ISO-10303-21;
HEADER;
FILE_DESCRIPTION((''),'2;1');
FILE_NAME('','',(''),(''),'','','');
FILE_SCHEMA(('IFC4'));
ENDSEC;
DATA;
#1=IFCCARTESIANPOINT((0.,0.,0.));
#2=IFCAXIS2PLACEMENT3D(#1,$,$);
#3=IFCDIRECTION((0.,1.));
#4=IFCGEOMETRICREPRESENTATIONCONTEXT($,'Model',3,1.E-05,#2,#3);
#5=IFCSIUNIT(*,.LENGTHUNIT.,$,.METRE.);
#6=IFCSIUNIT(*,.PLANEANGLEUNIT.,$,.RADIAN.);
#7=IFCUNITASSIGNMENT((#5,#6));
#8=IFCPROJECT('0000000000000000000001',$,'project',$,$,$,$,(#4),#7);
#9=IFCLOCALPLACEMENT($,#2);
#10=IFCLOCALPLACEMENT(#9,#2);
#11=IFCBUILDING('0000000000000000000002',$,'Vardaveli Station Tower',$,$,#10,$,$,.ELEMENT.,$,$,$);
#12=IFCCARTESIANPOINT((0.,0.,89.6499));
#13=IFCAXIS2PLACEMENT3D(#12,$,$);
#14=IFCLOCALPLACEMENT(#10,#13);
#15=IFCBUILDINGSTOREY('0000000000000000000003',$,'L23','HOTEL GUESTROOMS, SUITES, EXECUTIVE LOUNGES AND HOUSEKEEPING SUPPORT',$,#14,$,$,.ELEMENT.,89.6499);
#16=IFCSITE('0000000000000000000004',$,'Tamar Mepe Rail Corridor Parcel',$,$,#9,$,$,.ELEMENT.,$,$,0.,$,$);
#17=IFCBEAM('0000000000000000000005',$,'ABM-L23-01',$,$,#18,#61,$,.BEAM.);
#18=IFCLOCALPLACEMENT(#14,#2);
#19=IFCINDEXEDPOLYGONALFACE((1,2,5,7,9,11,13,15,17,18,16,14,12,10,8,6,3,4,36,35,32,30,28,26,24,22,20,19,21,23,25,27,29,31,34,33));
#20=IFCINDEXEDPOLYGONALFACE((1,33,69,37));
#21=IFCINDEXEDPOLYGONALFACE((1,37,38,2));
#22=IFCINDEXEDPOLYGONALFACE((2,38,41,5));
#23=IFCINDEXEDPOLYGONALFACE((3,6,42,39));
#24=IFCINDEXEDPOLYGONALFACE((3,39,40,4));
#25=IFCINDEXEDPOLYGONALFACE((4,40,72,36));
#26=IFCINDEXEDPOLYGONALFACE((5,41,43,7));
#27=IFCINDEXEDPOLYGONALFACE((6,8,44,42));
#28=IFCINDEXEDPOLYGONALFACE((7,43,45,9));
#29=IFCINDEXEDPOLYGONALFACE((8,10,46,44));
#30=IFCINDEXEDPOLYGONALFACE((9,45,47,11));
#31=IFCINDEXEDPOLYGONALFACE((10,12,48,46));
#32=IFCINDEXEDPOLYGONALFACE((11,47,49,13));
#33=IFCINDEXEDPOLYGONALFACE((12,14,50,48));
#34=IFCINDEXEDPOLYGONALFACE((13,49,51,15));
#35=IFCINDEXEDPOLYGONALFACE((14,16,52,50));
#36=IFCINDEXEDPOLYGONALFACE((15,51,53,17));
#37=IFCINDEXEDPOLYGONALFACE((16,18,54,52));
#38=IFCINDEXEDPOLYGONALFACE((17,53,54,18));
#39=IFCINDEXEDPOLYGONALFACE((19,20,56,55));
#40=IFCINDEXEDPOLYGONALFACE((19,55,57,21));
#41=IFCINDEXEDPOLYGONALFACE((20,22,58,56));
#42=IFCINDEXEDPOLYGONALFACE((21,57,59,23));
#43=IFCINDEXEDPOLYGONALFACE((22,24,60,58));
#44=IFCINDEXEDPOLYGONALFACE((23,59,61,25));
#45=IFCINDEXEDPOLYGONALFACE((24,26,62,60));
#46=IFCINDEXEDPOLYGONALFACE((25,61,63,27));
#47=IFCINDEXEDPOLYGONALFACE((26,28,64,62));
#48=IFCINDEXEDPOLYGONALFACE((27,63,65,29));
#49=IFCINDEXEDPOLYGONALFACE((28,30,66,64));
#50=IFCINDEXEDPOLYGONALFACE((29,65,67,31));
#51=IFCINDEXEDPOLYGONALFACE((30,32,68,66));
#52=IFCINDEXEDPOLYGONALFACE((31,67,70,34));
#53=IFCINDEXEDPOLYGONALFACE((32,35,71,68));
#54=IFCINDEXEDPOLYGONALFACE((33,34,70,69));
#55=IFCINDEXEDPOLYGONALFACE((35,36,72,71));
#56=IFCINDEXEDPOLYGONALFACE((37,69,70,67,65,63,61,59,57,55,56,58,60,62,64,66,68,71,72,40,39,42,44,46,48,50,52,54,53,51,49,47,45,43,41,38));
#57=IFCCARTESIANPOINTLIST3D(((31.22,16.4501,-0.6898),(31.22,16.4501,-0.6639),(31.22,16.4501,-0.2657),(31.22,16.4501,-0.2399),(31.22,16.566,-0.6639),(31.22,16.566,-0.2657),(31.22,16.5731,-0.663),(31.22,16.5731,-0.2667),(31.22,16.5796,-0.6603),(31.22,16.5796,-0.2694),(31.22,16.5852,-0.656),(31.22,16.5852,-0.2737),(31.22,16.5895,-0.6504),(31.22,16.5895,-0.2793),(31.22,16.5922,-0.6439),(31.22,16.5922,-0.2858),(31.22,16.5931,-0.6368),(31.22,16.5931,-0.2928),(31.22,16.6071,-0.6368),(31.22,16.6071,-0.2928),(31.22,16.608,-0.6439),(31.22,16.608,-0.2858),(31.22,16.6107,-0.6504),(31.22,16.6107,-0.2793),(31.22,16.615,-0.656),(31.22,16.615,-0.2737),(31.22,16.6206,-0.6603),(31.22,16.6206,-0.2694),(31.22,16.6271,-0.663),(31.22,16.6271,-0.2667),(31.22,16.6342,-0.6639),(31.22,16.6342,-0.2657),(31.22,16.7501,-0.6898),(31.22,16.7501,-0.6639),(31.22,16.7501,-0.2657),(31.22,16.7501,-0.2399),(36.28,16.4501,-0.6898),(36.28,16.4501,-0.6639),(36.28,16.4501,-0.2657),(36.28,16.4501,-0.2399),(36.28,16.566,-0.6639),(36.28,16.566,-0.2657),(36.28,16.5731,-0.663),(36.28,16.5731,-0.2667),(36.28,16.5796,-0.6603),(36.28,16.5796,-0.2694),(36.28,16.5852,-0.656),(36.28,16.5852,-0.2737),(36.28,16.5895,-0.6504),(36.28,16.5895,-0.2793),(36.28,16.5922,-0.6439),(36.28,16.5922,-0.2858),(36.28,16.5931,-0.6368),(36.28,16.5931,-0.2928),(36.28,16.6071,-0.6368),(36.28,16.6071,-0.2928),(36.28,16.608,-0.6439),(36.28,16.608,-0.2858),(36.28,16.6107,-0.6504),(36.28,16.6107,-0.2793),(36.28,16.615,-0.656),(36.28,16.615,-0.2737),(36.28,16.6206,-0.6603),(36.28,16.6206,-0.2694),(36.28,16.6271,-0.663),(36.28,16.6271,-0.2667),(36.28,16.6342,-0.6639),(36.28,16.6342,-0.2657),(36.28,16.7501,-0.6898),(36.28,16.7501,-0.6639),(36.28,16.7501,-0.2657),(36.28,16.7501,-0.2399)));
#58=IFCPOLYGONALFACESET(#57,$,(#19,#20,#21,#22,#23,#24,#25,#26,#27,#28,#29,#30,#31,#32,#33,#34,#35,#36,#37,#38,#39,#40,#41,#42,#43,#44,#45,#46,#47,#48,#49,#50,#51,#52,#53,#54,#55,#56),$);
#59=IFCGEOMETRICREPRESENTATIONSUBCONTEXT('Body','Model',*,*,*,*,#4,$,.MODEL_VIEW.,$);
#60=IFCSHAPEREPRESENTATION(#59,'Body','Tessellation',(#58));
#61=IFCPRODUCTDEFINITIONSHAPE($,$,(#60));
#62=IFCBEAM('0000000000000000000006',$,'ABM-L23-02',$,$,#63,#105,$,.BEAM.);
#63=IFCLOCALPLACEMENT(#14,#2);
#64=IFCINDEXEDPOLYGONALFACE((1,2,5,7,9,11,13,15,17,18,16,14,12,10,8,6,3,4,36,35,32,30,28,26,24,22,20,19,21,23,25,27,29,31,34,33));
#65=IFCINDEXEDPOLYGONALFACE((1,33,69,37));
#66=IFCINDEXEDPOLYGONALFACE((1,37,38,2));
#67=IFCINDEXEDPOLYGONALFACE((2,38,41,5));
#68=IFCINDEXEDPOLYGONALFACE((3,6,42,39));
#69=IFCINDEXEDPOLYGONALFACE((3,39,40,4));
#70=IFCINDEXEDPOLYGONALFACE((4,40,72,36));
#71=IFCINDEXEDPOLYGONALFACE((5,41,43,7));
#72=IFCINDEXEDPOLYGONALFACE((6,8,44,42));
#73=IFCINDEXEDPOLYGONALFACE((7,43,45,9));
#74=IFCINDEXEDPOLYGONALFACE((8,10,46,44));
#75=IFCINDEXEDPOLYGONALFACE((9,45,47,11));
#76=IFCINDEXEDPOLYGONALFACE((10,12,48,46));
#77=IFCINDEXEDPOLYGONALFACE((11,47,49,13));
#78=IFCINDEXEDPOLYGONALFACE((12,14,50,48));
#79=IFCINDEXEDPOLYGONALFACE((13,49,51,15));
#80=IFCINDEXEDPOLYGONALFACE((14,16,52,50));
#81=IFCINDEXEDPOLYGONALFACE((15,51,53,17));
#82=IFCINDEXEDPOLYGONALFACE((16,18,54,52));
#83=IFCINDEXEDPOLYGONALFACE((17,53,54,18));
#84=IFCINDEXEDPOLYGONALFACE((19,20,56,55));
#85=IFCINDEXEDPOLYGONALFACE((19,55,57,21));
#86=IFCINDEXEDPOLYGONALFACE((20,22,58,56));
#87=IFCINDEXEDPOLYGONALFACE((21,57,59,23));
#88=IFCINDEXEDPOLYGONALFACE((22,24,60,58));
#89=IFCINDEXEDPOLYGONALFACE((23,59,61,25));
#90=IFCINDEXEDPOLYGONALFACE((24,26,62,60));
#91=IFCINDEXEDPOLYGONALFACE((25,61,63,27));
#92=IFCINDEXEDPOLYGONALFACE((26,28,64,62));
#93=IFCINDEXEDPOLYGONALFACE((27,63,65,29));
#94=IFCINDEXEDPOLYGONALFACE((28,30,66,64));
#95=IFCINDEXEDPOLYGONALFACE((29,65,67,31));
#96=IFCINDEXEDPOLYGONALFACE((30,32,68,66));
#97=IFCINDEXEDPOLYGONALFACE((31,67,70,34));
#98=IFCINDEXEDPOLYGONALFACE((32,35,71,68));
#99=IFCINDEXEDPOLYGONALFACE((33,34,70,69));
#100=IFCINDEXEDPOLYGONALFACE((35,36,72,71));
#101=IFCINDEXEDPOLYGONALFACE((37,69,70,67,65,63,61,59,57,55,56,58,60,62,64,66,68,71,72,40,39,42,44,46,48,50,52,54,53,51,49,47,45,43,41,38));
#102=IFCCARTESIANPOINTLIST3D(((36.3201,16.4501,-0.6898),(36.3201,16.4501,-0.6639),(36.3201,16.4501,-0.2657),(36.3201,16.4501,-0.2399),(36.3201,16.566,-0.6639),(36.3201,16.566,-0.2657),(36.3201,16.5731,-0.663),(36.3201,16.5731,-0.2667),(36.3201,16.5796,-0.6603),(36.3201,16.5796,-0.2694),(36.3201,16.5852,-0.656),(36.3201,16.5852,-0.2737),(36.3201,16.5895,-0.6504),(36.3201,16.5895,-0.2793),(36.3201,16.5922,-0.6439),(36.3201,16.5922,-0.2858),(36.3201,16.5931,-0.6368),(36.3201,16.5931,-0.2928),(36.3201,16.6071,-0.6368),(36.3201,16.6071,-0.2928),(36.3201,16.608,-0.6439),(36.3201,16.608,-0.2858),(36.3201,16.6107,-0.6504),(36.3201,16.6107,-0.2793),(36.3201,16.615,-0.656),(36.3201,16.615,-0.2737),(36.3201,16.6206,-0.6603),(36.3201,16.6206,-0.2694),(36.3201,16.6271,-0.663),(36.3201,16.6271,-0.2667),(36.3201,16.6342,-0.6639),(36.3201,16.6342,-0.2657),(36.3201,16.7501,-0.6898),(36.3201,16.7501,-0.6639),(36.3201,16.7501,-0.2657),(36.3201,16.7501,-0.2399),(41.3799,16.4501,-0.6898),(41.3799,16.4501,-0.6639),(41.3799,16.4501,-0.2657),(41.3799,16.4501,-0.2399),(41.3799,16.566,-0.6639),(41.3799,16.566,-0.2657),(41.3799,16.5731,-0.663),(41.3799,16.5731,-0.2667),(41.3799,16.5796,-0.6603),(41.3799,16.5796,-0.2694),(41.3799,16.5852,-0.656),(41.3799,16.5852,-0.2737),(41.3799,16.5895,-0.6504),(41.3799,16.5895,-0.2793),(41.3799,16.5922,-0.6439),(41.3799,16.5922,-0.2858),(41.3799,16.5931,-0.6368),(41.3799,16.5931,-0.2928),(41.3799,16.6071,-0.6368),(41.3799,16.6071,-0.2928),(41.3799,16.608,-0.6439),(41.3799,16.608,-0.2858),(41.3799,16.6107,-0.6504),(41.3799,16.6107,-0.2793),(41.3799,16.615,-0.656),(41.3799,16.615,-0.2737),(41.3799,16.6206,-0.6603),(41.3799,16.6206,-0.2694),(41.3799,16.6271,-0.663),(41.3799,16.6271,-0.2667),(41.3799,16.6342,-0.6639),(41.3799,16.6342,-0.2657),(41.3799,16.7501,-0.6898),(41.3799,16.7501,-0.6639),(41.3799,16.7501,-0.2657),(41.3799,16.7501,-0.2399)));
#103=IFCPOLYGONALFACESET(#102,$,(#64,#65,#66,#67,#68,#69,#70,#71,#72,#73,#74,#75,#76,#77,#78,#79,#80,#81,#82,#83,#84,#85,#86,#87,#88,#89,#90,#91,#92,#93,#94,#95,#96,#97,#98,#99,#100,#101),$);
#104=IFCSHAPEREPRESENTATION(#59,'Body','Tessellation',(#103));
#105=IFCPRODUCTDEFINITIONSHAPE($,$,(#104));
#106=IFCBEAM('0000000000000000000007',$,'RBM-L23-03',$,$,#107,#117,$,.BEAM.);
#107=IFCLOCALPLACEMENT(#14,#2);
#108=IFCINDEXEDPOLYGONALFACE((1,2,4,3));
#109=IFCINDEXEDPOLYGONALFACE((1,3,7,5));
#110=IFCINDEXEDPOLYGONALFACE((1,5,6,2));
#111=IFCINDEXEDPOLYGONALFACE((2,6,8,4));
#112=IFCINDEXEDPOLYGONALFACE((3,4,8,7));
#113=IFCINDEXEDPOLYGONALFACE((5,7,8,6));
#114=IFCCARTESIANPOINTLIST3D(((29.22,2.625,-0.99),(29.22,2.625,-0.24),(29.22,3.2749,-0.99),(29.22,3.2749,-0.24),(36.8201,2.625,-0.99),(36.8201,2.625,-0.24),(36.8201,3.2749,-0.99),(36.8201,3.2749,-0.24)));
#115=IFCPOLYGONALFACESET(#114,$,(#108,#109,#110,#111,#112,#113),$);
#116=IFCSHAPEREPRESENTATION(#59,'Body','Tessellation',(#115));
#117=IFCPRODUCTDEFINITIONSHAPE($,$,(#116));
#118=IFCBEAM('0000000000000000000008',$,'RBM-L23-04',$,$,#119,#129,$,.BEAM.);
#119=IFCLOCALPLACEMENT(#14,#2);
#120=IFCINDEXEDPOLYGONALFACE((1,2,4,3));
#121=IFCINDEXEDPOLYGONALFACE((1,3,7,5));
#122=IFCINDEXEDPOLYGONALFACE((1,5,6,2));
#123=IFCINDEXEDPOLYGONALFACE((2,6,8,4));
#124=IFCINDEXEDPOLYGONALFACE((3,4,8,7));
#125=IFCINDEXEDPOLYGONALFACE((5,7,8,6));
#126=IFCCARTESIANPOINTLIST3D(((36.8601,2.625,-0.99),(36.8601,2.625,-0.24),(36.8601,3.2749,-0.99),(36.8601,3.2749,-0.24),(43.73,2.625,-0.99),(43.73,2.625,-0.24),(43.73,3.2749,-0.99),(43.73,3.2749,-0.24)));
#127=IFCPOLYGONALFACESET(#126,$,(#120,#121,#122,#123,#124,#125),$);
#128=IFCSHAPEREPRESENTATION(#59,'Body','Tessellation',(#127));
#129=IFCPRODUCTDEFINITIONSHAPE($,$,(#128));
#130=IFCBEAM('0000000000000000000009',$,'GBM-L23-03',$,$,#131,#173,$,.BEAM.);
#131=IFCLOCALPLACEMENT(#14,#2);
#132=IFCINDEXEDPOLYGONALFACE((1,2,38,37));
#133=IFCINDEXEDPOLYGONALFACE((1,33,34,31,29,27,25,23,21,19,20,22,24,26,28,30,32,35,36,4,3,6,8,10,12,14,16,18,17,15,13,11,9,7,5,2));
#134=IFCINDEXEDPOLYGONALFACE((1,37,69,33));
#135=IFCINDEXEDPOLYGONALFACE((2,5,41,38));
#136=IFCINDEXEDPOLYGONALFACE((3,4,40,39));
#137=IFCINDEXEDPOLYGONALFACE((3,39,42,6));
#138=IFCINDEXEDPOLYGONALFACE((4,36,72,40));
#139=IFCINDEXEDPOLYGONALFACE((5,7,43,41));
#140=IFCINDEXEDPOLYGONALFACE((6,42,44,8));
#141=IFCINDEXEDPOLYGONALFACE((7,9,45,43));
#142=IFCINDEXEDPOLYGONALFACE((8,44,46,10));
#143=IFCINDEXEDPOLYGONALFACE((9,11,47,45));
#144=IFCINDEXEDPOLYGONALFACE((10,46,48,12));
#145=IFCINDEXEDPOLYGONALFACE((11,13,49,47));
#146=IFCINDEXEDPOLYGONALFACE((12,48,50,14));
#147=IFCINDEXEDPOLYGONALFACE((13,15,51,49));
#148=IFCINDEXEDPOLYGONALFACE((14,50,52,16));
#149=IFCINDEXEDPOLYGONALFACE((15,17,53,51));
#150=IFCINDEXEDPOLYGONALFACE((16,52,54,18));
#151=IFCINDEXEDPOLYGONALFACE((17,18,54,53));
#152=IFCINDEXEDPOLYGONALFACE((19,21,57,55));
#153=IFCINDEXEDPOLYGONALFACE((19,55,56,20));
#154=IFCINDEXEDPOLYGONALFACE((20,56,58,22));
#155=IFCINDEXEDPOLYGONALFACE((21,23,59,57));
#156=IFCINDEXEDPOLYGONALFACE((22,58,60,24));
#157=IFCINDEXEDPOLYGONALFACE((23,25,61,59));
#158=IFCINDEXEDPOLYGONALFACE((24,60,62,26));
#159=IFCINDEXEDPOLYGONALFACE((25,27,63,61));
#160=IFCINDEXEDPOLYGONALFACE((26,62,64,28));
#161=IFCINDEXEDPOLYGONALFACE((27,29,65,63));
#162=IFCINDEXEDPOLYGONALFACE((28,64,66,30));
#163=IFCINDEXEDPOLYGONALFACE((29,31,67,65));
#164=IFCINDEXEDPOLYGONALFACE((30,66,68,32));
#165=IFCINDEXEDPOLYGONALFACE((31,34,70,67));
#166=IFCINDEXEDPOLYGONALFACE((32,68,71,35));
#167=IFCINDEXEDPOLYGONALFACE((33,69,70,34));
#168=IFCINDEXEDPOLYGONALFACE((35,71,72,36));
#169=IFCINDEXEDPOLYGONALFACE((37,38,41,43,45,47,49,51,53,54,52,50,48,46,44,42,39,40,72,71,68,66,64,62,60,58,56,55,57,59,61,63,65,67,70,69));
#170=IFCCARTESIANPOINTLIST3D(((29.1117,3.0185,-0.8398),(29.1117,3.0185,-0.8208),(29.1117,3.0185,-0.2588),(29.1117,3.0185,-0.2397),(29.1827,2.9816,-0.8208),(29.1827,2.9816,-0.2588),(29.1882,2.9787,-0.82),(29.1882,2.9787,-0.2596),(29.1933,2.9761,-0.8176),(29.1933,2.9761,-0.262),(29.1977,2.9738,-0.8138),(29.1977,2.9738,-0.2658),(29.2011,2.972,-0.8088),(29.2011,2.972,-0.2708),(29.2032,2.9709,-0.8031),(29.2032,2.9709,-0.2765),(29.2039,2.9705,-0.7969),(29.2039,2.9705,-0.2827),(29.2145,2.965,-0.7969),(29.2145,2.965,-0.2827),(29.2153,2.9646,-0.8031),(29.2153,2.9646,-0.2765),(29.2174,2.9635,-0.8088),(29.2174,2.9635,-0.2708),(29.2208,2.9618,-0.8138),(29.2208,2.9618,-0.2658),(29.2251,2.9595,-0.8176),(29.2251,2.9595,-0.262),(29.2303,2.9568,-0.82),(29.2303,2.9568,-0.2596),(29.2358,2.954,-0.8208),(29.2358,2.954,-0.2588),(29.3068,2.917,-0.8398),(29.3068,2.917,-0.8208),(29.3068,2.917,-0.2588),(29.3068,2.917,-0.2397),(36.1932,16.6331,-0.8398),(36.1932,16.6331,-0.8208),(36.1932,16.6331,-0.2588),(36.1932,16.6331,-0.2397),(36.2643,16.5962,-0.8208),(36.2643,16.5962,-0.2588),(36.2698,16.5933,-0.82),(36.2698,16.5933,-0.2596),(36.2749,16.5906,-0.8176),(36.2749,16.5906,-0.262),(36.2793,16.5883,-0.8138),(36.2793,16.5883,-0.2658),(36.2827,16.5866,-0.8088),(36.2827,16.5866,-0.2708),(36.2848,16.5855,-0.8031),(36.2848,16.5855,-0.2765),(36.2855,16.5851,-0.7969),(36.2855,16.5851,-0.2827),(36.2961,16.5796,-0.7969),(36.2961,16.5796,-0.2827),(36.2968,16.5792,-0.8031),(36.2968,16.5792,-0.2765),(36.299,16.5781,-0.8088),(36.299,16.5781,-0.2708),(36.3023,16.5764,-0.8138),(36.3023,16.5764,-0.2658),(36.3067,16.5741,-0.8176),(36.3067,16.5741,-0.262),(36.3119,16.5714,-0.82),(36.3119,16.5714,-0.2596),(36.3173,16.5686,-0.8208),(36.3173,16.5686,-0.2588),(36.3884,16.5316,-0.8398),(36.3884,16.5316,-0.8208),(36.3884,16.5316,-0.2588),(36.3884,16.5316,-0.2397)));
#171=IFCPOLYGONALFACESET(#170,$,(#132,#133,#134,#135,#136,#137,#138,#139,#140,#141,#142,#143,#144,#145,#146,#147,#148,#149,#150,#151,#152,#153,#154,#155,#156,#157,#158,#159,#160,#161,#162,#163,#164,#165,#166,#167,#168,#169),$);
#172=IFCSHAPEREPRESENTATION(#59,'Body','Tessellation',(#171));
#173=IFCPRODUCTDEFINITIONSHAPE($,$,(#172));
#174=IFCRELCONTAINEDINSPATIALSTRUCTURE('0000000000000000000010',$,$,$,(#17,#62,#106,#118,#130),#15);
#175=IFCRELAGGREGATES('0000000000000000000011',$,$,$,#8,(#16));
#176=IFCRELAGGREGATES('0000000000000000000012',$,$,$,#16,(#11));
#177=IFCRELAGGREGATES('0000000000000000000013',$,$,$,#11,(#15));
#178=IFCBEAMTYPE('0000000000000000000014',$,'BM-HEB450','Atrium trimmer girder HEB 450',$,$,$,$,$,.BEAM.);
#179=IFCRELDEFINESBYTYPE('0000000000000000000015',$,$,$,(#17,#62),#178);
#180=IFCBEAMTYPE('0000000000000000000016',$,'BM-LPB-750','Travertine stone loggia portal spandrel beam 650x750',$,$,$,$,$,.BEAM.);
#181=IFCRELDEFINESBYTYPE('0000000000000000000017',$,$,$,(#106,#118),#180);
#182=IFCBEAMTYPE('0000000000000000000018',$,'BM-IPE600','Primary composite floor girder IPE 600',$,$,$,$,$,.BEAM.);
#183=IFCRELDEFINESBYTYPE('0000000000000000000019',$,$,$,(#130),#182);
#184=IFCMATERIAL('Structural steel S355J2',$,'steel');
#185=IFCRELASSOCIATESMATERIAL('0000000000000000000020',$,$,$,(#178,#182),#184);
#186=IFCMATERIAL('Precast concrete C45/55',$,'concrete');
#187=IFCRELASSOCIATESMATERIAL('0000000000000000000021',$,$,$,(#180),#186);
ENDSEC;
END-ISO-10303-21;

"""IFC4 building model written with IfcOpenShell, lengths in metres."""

from ifc_helpers import new_model, si_unit, direction, frame, origin, origin_2d, place, context, subcontext, project, spatial, rectangle, i_section, extrude, source, transform, mapped, material, material_profile, profile_set, type_object, element, save


model = new_model("IFC4")

# Units and contexts
model_context = context("Model", 3, precision=1e-05, world=origin(), true_north=direction((0.0, 1.0)))
body_context = subcontext(model_context, "Body", "Model", "MODEL_VIEW")
ifc_project = project(units=[si_unit("LENGTHUNIT", "METRE"), si_unit("PLANEANGLEUNIT", "RADIAN")], contexts=[model_context])

# Site, building, storey
site_placement = place(None, origin())
site = spatial("IfcSite", under=ifc_project, at=site_placement, Name="Tamar Mepe Rail Corridor Parcel", CompositionType="ELEMENT", RefElevation=0.0)
building_placement = place(site_placement, origin())
building = spatial("IfcBuilding", under=site, at=building_placement, Name="Vardaveli Station Tower", CompositionType="ELEMENT")
storey_placement = place(building_placement, frame((0.0, 0.0, 89.6499)))
storey = spatial("IfcBuildingStorey", under=building, at=storey_placement, Name="L23", Description="HOTEL GUESTROOMS, SUITES, EXECUTIVE LOUNGES AND HOUSEKEEPING SUPPORT", CompositionType="ELEMENT", Elevation=89.6499)

# Beams
ifc_material_1 = material(Name="Structural steel S355J2", Category="steel")
ifc_material_profile_1 = material_profile(ifc_material_1, i_section(OverallWidth=0.3, OverallDepth=0.45, WebThickness=0.0139, FlangeThickness=0.0259, FilletRadius=0.0271, at=origin_2d()), Name="HEB 450")
ifc_profile_set_1 = profile_set([ifc_material_profile_1], Name="Structural steel S355J2")
beam_type_1 = type_object("IfcBeamType", Name="BM-HEB450", Description="Atrium trimmer girder HEB 450", PredefinedType="BEAM", material=ifc_profile_set_1)
shared_shape_1 = source(origin(), body_context, "Body", "SweptSolid", [
    extrude(i_section(OverallWidth=0.3, OverallDepth=0.45, WebThickness=0.0139, FlangeThickness=0.0259, FilletRadius=0.0271, at=origin_2d()), origin(), (0.0, 0.0, 1.0), 5.0601),
])
beam_1_placement = place(storey_placement, frame((31.22, 16.6001, -0.4648), z_axis=(1.0, 0.0, 0.0), x_axis=(0.0, 1.0, 0.0)))
element("IfcBeam", 1, at=beam_1_placement, inside=storey, type_object=beam_type_1, Name="ABM-L23-01", PredefinedType="BEAM", context=body_context, shape_type="MappedRepresentation", body=[
    mapped(shared_shape_1, transform((0.0, 0.0, 0.0), scale=1.0)),
])
shared_shape_2 = source(origin(), body_context, "Body", "SweptSolid", [
    extrude(i_section(OverallWidth=0.3, OverallDepth=0.45, WebThickness=0.0139, FlangeThickness=0.0259, FilletRadius=0.0271, at=origin_2d()), origin(), (0.0, 0.0, 1.0), 5.0598),
])
beam_2_placement = place(storey_placement, frame((36.3201, 16.6001, -0.4648), z_axis=(1.0, 0.0, 0.0), x_axis=(0.0, 1.0, 0.0)))
element("IfcBeam", 2, at=beam_2_placement, inside=storey, type_object=beam_type_1, Name="ABM-L23-02", PredefinedType="BEAM", context=body_context, shape_type="MappedRepresentation", body=[
    mapped(shared_shape_2, transform((0.0, 0.0, 0.0), scale=1.0)),
])
ifc_material_2 = material(Name="Precast concrete C45/55", Category="concrete")
ifc_material_profile_2 = material_profile(ifc_material_2, rectangle(XDim=0.6499, YDim=0.75, at=origin_2d()), Name="LPB 650x750")
ifc_profile_set_2 = profile_set([ifc_material_profile_2], Name="Precast concrete C45/55")
beam_type_2 = type_object("IfcBeamType", Name="BM-LPB-750", Description="Travertine stone loggia portal spandrel beam 650x750", PredefinedType="BEAM", material=ifc_profile_set_2)
shared_shape_3 = source(origin(), body_context, "Body", "SweptSolid", [
    extrude(rectangle(XDim=0.6499, YDim=0.75, at=origin_2d()), origin(), (0.0, 0.0, 1.0), 7.6001),
])
beam_3_placement = place(storey_placement, frame((29.22, 2.95, -0.615), z_axis=(1.0, 0.0, 0.0), x_axis=(0.0, 1.0, 0.0)))
element("IfcBeam", 3, at=beam_3_placement, inside=storey, type_object=beam_type_2, Name="RBM-L23-03", PredefinedType="BEAM", context=body_context, shape_type="MappedRepresentation", body=[
    mapped(shared_shape_3, transform((0.0, 0.0, 0.0), scale=1.0)),
])
shared_shape_4 = source(origin(), body_context, "Body", "SweptSolid", [
    extrude(rectangle(XDim=0.6499, YDim=0.75, at=origin_2d()), origin(), (0.0, 0.0, 1.0), 6.8699),
])
beam_4_placement = place(storey_placement, frame((36.8601, 2.95, -0.615), z_axis=(1.0, 0.0, 0.0), x_axis=(0.0, 1.0, 0.0)))
element("IfcBeam", 4, at=beam_4_placement, inside=storey, type_object=beam_type_2, Name="RBM-L23-04", PredefinedType="BEAM", context=body_context, shape_type="MappedRepresentation", body=[
    mapped(shared_shape_4, transform((0.0, 0.0, 0.0), scale=1.0)),
])
ifc_material_profile_3 = material_profile(ifc_material_1, i_section(OverallWidth=0.22, OverallDepth=0.6001, WebThickness=0.012, FlangeThickness=0.019, FilletRadius=0.0239, at=origin_2d()), Name="IPE 600")
ifc_profile_set_3 = profile_set([ifc_material_profile_3], Name="Structural steel S355J2")
beam_type_3 = type_object("IfcBeamType", Name="BM-IPE600", Description="Primary composite floor girder IPE 600", PredefinedType="BEAM", material=ifc_profile_set_3)
shared_shape_5 = source(origin(), body_context, "Body", "SweptSolid", [
    extrude(i_section(OverallWidth=0.22, OverallDepth=0.6001, WebThickness=0.012, FlangeThickness=0.019, FilletRadius=0.0239, at=origin_2d()), origin(), (0.0, 0.0, 1.0), 15.3462),
])
beam_5_placement = place(storey_placement, frame((29.2092, 2.9678, -0.5398), z_axis=(0.461455, 0.887163, 0.0), x_axis=(-0.887163, 0.461455, 0.0)))
element("IfcBeam", 5, at=beam_5_placement, inside=storey, type_object=beam_type_3, Name="GBM-L23-03", PredefinedType="BEAM", context=body_context, shape_type="MappedRepresentation", body=[
    mapped(shared_shape_5, transform((0.0, 0.0, 0.0), scale=1.0)),
])

save(model, "model.ifc")
